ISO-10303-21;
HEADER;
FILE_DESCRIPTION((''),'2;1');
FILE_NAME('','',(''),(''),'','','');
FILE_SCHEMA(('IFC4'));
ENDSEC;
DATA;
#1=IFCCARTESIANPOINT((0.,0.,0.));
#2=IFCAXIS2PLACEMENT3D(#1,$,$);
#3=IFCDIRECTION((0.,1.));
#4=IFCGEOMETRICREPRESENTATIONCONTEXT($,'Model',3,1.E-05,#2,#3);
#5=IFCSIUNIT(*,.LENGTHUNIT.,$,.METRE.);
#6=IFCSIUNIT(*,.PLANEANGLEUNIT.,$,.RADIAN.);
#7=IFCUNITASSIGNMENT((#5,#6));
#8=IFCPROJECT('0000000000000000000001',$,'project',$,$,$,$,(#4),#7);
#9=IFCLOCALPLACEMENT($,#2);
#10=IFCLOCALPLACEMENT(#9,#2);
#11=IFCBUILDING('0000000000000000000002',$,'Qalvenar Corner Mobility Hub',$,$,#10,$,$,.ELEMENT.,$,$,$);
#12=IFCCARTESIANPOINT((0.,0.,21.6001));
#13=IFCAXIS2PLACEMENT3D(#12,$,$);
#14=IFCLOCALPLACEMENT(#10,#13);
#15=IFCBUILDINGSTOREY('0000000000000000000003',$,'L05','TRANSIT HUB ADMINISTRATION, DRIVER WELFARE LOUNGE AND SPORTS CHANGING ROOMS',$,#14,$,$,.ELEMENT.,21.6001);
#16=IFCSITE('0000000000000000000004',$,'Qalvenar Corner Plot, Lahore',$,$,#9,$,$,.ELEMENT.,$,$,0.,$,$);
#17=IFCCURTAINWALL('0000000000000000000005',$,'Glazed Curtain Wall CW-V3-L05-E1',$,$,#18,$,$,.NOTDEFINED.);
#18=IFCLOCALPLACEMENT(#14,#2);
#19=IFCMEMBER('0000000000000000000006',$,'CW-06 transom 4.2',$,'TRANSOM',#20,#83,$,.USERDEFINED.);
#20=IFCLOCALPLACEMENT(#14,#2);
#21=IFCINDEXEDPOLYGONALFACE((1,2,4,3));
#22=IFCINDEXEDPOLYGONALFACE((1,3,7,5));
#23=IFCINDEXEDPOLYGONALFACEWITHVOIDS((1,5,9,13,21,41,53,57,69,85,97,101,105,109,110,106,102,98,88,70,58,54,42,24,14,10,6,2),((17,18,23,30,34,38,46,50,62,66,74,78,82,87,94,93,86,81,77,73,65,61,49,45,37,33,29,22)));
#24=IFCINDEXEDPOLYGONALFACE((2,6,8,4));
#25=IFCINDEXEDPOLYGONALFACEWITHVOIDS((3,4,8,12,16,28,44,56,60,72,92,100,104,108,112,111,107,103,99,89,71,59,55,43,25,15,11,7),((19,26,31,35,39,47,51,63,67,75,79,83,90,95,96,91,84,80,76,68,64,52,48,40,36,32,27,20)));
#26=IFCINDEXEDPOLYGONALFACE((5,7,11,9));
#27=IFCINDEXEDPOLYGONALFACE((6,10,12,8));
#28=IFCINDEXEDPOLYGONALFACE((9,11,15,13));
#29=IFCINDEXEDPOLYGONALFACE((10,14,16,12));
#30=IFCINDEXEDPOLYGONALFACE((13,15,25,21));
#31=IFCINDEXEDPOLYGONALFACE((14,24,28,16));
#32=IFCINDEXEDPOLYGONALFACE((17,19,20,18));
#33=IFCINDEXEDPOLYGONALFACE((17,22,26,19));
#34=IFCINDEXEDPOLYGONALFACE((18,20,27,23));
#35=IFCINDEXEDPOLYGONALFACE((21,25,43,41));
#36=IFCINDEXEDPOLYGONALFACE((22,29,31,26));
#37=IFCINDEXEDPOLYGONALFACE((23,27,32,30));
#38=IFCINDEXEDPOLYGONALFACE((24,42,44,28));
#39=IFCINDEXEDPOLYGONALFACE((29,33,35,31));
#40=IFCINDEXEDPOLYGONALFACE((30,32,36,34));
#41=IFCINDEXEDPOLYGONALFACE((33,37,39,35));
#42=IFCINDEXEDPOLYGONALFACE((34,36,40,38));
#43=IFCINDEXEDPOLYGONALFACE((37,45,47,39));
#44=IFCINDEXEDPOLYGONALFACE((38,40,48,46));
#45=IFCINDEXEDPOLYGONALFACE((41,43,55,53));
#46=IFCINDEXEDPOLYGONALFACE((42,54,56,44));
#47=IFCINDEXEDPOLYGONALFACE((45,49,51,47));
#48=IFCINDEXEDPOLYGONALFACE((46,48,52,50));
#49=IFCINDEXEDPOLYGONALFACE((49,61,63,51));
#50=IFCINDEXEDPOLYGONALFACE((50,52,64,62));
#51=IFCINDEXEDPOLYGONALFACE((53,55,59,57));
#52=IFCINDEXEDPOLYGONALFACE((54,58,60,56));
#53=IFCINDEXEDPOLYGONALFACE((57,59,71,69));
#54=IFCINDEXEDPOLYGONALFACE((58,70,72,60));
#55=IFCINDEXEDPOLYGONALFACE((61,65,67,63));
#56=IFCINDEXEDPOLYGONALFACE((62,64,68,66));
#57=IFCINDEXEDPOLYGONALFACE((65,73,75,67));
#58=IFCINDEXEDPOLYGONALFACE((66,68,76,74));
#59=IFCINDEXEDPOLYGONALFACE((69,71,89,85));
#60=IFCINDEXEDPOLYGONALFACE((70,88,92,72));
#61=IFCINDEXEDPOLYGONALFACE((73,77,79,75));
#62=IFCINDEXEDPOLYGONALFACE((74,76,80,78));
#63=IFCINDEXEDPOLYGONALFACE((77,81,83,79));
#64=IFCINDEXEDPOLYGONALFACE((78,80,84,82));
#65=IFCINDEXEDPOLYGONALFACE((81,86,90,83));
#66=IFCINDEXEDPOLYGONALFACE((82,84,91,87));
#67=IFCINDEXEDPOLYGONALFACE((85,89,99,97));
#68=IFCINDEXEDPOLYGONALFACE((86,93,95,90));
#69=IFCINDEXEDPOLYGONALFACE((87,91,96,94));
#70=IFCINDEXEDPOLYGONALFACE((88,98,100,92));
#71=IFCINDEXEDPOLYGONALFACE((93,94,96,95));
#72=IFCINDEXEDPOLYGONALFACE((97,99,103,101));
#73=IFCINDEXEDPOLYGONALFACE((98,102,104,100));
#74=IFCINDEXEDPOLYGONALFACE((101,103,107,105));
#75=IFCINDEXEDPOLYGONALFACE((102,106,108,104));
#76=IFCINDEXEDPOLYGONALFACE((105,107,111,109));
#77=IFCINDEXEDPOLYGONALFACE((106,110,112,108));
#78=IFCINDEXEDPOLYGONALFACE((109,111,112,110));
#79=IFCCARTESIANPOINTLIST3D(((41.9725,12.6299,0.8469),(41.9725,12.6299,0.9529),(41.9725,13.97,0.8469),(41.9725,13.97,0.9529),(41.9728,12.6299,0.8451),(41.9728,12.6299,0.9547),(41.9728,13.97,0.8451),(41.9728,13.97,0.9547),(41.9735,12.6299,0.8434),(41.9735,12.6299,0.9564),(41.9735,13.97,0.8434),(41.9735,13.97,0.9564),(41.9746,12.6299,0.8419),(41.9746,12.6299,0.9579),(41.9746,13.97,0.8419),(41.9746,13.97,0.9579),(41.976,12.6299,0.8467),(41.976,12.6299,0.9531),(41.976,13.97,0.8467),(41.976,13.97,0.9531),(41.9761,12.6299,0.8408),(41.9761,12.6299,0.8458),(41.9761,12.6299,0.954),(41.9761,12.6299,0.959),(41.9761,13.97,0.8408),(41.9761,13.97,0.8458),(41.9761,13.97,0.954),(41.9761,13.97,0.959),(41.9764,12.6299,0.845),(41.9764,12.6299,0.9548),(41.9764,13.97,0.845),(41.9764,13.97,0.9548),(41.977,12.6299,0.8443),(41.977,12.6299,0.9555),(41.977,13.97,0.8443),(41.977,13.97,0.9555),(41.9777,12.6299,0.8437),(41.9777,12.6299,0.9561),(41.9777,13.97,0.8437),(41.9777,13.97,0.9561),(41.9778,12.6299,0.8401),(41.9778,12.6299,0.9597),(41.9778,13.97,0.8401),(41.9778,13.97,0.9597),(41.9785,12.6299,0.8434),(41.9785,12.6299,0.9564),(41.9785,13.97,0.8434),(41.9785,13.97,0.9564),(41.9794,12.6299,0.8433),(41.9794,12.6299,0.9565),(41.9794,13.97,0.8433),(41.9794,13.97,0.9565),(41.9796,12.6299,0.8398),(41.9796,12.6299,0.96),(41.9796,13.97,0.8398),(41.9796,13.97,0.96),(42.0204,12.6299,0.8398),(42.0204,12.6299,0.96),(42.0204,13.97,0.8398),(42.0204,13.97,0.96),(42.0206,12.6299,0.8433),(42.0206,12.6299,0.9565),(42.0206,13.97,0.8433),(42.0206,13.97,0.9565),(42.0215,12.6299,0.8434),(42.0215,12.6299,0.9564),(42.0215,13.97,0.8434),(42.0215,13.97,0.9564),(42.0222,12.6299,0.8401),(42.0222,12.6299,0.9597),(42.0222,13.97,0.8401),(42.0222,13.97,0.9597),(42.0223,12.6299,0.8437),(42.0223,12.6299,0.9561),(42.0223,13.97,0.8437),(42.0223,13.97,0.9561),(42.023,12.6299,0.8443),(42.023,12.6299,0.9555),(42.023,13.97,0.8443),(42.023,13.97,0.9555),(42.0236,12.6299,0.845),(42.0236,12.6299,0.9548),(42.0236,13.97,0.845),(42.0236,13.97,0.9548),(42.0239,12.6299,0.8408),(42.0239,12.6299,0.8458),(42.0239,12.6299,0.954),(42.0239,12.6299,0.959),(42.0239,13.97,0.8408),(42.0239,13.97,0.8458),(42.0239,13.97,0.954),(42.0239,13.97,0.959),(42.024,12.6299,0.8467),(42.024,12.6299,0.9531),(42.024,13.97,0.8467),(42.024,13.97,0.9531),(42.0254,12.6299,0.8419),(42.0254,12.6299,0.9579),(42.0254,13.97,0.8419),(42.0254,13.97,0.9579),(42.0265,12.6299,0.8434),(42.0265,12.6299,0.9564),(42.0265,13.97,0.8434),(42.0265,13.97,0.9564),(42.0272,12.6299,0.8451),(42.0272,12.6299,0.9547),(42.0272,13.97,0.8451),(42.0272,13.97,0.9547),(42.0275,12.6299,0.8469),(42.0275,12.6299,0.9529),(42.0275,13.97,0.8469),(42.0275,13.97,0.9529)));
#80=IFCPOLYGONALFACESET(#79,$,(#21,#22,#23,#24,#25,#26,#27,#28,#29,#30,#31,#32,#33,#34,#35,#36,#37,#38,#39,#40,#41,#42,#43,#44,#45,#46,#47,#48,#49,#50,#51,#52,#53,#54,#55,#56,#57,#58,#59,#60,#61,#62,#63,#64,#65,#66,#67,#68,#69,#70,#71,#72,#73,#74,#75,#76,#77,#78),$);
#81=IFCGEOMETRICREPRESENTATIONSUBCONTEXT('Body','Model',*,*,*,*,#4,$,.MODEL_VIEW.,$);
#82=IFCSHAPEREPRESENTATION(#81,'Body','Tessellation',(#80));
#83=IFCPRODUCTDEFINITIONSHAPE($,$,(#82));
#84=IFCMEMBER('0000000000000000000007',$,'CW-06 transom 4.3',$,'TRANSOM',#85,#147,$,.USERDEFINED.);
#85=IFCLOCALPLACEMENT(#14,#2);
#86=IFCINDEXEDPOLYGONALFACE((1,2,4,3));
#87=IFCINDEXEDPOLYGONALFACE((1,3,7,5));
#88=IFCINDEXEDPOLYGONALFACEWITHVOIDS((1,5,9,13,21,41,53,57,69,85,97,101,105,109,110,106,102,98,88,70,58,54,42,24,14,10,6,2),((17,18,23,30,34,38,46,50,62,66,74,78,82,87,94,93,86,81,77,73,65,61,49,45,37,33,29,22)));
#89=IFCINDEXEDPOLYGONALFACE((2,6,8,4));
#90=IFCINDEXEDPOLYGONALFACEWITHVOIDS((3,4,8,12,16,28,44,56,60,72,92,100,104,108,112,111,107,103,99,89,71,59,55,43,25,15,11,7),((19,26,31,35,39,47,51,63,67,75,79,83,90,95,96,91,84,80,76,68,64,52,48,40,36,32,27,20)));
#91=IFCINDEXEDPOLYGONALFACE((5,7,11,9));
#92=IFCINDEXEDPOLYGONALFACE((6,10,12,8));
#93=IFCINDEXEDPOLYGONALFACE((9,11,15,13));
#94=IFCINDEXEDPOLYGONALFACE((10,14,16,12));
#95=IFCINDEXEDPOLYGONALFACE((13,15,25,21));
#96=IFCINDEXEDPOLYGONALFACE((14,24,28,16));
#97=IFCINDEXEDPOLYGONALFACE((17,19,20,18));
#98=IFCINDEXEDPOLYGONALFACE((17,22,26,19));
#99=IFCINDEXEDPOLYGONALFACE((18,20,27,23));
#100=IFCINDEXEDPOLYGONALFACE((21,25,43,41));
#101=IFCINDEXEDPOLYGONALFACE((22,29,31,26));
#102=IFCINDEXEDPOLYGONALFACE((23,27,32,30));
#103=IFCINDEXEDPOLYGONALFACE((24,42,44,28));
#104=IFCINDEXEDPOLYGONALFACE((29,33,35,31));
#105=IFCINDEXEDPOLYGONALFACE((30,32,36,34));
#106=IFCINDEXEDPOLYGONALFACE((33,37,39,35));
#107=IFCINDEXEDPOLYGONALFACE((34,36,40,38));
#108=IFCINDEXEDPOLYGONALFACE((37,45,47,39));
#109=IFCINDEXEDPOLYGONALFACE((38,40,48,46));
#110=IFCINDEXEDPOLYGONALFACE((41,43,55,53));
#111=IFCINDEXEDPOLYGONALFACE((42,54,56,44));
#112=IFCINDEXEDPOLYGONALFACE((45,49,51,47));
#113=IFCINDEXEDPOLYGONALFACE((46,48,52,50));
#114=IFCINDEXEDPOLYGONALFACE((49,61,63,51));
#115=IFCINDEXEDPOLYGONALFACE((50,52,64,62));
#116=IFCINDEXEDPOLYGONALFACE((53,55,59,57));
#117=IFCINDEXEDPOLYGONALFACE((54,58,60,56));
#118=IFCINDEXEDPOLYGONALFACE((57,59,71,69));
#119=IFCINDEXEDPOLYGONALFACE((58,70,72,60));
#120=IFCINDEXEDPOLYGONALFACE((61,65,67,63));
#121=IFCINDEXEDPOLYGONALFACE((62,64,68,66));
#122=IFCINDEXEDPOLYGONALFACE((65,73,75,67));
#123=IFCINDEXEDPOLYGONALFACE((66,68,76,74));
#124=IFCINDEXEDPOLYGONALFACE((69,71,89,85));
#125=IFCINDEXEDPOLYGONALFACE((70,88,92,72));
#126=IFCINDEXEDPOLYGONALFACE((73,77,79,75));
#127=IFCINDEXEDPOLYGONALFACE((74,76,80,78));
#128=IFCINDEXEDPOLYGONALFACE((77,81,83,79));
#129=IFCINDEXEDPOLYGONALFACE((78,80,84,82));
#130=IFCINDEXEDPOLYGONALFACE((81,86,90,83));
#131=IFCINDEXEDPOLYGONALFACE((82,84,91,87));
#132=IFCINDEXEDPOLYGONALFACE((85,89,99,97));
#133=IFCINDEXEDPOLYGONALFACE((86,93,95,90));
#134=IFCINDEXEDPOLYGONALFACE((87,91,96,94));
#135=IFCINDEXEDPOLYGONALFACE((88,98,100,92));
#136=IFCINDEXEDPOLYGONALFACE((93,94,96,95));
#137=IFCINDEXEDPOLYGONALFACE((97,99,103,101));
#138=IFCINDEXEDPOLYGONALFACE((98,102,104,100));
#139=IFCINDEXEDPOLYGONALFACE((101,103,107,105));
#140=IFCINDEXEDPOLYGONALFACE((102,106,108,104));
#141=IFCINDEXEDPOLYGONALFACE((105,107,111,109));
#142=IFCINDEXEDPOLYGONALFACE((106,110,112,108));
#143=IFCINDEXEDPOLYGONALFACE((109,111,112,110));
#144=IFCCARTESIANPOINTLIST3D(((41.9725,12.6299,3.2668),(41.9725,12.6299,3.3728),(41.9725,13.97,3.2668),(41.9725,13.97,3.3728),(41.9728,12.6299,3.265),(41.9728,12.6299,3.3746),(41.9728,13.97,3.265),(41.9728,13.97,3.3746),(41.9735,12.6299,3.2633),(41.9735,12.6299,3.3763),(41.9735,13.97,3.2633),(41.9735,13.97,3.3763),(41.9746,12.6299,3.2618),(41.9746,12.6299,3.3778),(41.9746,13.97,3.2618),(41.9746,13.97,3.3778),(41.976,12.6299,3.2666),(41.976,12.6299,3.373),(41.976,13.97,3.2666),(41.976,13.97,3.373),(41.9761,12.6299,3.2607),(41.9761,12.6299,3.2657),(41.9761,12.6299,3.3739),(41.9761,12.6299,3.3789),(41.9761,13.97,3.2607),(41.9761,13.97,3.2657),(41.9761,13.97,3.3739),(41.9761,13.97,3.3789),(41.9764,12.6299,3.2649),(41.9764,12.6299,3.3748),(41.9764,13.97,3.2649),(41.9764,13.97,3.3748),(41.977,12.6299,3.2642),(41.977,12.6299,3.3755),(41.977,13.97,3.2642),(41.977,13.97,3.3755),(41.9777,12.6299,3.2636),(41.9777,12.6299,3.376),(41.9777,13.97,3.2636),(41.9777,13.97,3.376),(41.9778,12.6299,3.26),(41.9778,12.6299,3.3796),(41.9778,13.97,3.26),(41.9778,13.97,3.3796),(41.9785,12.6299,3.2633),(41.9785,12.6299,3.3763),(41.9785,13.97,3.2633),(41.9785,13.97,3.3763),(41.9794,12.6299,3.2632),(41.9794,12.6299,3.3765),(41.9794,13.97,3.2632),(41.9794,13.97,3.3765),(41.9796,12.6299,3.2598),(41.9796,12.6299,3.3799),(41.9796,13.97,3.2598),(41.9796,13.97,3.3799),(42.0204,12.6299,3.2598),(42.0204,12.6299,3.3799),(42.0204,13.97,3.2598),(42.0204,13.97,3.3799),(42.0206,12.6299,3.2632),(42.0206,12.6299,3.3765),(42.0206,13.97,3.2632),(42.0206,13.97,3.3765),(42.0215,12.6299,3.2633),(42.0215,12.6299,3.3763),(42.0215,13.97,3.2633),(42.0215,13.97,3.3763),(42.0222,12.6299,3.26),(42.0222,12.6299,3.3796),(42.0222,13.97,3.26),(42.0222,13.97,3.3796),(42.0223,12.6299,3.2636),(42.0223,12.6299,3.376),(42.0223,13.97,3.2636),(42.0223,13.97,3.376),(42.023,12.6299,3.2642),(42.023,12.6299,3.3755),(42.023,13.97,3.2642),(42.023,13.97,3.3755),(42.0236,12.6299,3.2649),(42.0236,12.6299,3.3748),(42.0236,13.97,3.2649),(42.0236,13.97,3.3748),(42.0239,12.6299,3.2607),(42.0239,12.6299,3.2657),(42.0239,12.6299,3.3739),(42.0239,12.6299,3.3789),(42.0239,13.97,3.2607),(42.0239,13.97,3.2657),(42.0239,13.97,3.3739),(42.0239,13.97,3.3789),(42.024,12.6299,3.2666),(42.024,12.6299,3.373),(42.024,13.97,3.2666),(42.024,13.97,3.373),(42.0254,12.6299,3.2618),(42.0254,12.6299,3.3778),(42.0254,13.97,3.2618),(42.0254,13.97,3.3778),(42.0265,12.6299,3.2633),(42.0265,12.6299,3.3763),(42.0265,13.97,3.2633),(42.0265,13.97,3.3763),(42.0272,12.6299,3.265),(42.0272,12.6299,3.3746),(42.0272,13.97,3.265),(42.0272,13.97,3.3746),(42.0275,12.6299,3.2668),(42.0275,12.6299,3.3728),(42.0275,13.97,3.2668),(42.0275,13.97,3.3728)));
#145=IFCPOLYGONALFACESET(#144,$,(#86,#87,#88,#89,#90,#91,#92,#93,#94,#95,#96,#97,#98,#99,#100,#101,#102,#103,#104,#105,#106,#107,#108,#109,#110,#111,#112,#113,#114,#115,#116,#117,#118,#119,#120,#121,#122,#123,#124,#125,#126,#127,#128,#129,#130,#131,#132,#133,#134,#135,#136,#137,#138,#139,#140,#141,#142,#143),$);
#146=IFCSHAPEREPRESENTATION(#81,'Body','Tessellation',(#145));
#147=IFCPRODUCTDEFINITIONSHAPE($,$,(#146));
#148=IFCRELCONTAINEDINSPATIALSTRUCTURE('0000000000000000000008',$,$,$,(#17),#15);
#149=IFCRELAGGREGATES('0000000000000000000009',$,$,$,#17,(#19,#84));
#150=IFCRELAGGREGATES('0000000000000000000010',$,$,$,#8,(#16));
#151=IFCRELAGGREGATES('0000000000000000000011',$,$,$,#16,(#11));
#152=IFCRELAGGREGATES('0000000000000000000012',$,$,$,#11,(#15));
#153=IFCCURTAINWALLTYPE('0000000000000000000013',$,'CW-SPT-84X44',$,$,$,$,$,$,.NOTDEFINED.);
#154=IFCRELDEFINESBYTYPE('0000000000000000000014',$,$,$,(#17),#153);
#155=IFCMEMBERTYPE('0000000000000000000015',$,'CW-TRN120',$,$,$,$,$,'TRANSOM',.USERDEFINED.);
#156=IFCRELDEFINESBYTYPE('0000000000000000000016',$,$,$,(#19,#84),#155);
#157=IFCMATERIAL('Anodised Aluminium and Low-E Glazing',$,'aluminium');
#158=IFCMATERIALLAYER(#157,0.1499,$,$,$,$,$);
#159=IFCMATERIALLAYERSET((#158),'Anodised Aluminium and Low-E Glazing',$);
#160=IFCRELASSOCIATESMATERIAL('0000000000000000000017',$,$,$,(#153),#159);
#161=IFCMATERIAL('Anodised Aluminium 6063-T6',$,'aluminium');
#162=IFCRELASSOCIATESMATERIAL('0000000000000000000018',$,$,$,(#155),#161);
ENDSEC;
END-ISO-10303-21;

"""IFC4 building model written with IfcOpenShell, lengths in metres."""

from ifc_helpers import new_model, si_unit, direction, frame, origin, origin_2d, place, context, subcontext, project, spatial, hollow_rectangle, extrude, material, layer, layer_set, material_profile, profile_set, type_object, element, aggregate, save


model = new_model("IFC4")

# Units and contexts
model_context = context("Model", 3, precision=1e-05, world=origin(), true_north=direction((0.0, 1.0)))
body_context = subcontext(model_context, "Body", "Model", "MODEL_VIEW")
ifc_project = project(units=[si_unit("LENGTHUNIT", "METRE"), si_unit("PLANEANGLEUNIT", "RADIAN")], contexts=[model_context])

# Site, building, storey
site_placement = place(None, origin())
site = spatial("IfcSite", under=ifc_project, at=site_placement, Name="Qalvenar Corner Plot, Lahore", CompositionType="ELEMENT", RefElevation=0.0)
building_placement = place(site_placement, origin())
building = spatial("IfcBuilding", under=site, at=building_placement, Name="Qalvenar Corner Mobility Hub", CompositionType="ELEMENT")
storey_placement = place(building_placement, frame((0.0, 0.0, 21.6001)))
storey = spatial("IfcBuildingStorey", under=building, at=storey_placement, Name="L05", Description="TRANSIT HUB ADMINISTRATION, DRIVER WELFARE LOUNGE AND SPORTS CHANGING ROOMS", CompositionType="ELEMENT", Elevation=21.6001)

# Curtain wall, members
ifc_material_1 = material(Name="Anodised Aluminium and Low-E Glazing", Category="aluminium")
ifc_layer_1 = layer(ifc_material_1, 0.1499)
ifc_layer_set_1 = layer_set([ifc_layer_1], Name="Anodised Aluminium and Low-E Glazing")
curtain_wall_type = type_object("IfcCurtainWallType", Name="CW-SPT-84X44", PredefinedType="NOTDEFINED", material=ifc_layer_set_1)
curtain_wall_placement = place(storey_placement, origin())
curtain_wall = element("IfcCurtainWall", 1, at=curtain_wall_placement, inside=storey, type_object=curtain_wall_type, Name="Glazed Curtain Wall CW-V3-L05-E1", PredefinedType="NOTDEFINED")
ifc_material_2 = material(Name="Anodised Aluminium 6063-T6", Category="aluminium")
ifc_material_profile_1 = material_profile(ifc_material_2, hollow_rectangle(XDim=0.0549, YDim=0.1201, WallThickness=0.0034, InnerFilletRadius=0.0034, OuterFilletRadius=0.0071, at=origin_2d()), Name="RHS120x55x3.5")
ifc_profile_set_1 = profile_set([ifc_material_profile_1], Name="Anodised Aluminium 6063-T6")
member_type_1 = type_object("IfcMemberType", Name="CW-TRN120", ElementType="TRANSOM", PredefinedType="USERDEFINED", material=ifc_profile_set_1)
member_1_placement = place(storey_placement, frame((42.0, 12.6299, 0.8999), z_axis=(0.0, 1.0, 0.0), x_axis=(-1.0, 0.0, 0.0)))
member_1 = element("IfcMember", 2, at=member_1_placement, type_object=member_type_1, Name="CW-06 transom 4.2", ObjectType="TRANSOM", PredefinedType="USERDEFINED", context=body_context, shape_type="SweptSolid", body=[
    extrude(hollow_rectangle(XDim=0.0549, YDim=0.1201, WallThickness=0.0034, InnerFilletRadius=0.0034, OuterFilletRadius=0.0071, at=origin_2d()), origin(), (0.0, 0.0, 1.0), 1.3401),
])
member_2_placement = place(storey_placement, frame((42.0, 12.6299, 3.3198), z_axis=(0.0, 1.0, 0.0), x_axis=(-1.0, 0.0, 0.0)))
member_2 = element("IfcMember", 3, at=member_2_placement, type_object=member_type_1, Name="CW-06 transom 4.3", ObjectType="TRANSOM", PredefinedType="USERDEFINED", context=body_context, shape_type="SweptSolid", body=[
    extrude(hollow_rectangle(XDim=0.0549, YDim=0.1201, WallThickness=0.0034, InnerFilletRadius=0.0034, OuterFilletRadius=0.0071, at=origin_2d()), origin(), (0.0, 0.0, 1.0), 1.3401),
])
aggregate(curtain_wall, [member_1, member_2])

save(model, "model.ifc")
